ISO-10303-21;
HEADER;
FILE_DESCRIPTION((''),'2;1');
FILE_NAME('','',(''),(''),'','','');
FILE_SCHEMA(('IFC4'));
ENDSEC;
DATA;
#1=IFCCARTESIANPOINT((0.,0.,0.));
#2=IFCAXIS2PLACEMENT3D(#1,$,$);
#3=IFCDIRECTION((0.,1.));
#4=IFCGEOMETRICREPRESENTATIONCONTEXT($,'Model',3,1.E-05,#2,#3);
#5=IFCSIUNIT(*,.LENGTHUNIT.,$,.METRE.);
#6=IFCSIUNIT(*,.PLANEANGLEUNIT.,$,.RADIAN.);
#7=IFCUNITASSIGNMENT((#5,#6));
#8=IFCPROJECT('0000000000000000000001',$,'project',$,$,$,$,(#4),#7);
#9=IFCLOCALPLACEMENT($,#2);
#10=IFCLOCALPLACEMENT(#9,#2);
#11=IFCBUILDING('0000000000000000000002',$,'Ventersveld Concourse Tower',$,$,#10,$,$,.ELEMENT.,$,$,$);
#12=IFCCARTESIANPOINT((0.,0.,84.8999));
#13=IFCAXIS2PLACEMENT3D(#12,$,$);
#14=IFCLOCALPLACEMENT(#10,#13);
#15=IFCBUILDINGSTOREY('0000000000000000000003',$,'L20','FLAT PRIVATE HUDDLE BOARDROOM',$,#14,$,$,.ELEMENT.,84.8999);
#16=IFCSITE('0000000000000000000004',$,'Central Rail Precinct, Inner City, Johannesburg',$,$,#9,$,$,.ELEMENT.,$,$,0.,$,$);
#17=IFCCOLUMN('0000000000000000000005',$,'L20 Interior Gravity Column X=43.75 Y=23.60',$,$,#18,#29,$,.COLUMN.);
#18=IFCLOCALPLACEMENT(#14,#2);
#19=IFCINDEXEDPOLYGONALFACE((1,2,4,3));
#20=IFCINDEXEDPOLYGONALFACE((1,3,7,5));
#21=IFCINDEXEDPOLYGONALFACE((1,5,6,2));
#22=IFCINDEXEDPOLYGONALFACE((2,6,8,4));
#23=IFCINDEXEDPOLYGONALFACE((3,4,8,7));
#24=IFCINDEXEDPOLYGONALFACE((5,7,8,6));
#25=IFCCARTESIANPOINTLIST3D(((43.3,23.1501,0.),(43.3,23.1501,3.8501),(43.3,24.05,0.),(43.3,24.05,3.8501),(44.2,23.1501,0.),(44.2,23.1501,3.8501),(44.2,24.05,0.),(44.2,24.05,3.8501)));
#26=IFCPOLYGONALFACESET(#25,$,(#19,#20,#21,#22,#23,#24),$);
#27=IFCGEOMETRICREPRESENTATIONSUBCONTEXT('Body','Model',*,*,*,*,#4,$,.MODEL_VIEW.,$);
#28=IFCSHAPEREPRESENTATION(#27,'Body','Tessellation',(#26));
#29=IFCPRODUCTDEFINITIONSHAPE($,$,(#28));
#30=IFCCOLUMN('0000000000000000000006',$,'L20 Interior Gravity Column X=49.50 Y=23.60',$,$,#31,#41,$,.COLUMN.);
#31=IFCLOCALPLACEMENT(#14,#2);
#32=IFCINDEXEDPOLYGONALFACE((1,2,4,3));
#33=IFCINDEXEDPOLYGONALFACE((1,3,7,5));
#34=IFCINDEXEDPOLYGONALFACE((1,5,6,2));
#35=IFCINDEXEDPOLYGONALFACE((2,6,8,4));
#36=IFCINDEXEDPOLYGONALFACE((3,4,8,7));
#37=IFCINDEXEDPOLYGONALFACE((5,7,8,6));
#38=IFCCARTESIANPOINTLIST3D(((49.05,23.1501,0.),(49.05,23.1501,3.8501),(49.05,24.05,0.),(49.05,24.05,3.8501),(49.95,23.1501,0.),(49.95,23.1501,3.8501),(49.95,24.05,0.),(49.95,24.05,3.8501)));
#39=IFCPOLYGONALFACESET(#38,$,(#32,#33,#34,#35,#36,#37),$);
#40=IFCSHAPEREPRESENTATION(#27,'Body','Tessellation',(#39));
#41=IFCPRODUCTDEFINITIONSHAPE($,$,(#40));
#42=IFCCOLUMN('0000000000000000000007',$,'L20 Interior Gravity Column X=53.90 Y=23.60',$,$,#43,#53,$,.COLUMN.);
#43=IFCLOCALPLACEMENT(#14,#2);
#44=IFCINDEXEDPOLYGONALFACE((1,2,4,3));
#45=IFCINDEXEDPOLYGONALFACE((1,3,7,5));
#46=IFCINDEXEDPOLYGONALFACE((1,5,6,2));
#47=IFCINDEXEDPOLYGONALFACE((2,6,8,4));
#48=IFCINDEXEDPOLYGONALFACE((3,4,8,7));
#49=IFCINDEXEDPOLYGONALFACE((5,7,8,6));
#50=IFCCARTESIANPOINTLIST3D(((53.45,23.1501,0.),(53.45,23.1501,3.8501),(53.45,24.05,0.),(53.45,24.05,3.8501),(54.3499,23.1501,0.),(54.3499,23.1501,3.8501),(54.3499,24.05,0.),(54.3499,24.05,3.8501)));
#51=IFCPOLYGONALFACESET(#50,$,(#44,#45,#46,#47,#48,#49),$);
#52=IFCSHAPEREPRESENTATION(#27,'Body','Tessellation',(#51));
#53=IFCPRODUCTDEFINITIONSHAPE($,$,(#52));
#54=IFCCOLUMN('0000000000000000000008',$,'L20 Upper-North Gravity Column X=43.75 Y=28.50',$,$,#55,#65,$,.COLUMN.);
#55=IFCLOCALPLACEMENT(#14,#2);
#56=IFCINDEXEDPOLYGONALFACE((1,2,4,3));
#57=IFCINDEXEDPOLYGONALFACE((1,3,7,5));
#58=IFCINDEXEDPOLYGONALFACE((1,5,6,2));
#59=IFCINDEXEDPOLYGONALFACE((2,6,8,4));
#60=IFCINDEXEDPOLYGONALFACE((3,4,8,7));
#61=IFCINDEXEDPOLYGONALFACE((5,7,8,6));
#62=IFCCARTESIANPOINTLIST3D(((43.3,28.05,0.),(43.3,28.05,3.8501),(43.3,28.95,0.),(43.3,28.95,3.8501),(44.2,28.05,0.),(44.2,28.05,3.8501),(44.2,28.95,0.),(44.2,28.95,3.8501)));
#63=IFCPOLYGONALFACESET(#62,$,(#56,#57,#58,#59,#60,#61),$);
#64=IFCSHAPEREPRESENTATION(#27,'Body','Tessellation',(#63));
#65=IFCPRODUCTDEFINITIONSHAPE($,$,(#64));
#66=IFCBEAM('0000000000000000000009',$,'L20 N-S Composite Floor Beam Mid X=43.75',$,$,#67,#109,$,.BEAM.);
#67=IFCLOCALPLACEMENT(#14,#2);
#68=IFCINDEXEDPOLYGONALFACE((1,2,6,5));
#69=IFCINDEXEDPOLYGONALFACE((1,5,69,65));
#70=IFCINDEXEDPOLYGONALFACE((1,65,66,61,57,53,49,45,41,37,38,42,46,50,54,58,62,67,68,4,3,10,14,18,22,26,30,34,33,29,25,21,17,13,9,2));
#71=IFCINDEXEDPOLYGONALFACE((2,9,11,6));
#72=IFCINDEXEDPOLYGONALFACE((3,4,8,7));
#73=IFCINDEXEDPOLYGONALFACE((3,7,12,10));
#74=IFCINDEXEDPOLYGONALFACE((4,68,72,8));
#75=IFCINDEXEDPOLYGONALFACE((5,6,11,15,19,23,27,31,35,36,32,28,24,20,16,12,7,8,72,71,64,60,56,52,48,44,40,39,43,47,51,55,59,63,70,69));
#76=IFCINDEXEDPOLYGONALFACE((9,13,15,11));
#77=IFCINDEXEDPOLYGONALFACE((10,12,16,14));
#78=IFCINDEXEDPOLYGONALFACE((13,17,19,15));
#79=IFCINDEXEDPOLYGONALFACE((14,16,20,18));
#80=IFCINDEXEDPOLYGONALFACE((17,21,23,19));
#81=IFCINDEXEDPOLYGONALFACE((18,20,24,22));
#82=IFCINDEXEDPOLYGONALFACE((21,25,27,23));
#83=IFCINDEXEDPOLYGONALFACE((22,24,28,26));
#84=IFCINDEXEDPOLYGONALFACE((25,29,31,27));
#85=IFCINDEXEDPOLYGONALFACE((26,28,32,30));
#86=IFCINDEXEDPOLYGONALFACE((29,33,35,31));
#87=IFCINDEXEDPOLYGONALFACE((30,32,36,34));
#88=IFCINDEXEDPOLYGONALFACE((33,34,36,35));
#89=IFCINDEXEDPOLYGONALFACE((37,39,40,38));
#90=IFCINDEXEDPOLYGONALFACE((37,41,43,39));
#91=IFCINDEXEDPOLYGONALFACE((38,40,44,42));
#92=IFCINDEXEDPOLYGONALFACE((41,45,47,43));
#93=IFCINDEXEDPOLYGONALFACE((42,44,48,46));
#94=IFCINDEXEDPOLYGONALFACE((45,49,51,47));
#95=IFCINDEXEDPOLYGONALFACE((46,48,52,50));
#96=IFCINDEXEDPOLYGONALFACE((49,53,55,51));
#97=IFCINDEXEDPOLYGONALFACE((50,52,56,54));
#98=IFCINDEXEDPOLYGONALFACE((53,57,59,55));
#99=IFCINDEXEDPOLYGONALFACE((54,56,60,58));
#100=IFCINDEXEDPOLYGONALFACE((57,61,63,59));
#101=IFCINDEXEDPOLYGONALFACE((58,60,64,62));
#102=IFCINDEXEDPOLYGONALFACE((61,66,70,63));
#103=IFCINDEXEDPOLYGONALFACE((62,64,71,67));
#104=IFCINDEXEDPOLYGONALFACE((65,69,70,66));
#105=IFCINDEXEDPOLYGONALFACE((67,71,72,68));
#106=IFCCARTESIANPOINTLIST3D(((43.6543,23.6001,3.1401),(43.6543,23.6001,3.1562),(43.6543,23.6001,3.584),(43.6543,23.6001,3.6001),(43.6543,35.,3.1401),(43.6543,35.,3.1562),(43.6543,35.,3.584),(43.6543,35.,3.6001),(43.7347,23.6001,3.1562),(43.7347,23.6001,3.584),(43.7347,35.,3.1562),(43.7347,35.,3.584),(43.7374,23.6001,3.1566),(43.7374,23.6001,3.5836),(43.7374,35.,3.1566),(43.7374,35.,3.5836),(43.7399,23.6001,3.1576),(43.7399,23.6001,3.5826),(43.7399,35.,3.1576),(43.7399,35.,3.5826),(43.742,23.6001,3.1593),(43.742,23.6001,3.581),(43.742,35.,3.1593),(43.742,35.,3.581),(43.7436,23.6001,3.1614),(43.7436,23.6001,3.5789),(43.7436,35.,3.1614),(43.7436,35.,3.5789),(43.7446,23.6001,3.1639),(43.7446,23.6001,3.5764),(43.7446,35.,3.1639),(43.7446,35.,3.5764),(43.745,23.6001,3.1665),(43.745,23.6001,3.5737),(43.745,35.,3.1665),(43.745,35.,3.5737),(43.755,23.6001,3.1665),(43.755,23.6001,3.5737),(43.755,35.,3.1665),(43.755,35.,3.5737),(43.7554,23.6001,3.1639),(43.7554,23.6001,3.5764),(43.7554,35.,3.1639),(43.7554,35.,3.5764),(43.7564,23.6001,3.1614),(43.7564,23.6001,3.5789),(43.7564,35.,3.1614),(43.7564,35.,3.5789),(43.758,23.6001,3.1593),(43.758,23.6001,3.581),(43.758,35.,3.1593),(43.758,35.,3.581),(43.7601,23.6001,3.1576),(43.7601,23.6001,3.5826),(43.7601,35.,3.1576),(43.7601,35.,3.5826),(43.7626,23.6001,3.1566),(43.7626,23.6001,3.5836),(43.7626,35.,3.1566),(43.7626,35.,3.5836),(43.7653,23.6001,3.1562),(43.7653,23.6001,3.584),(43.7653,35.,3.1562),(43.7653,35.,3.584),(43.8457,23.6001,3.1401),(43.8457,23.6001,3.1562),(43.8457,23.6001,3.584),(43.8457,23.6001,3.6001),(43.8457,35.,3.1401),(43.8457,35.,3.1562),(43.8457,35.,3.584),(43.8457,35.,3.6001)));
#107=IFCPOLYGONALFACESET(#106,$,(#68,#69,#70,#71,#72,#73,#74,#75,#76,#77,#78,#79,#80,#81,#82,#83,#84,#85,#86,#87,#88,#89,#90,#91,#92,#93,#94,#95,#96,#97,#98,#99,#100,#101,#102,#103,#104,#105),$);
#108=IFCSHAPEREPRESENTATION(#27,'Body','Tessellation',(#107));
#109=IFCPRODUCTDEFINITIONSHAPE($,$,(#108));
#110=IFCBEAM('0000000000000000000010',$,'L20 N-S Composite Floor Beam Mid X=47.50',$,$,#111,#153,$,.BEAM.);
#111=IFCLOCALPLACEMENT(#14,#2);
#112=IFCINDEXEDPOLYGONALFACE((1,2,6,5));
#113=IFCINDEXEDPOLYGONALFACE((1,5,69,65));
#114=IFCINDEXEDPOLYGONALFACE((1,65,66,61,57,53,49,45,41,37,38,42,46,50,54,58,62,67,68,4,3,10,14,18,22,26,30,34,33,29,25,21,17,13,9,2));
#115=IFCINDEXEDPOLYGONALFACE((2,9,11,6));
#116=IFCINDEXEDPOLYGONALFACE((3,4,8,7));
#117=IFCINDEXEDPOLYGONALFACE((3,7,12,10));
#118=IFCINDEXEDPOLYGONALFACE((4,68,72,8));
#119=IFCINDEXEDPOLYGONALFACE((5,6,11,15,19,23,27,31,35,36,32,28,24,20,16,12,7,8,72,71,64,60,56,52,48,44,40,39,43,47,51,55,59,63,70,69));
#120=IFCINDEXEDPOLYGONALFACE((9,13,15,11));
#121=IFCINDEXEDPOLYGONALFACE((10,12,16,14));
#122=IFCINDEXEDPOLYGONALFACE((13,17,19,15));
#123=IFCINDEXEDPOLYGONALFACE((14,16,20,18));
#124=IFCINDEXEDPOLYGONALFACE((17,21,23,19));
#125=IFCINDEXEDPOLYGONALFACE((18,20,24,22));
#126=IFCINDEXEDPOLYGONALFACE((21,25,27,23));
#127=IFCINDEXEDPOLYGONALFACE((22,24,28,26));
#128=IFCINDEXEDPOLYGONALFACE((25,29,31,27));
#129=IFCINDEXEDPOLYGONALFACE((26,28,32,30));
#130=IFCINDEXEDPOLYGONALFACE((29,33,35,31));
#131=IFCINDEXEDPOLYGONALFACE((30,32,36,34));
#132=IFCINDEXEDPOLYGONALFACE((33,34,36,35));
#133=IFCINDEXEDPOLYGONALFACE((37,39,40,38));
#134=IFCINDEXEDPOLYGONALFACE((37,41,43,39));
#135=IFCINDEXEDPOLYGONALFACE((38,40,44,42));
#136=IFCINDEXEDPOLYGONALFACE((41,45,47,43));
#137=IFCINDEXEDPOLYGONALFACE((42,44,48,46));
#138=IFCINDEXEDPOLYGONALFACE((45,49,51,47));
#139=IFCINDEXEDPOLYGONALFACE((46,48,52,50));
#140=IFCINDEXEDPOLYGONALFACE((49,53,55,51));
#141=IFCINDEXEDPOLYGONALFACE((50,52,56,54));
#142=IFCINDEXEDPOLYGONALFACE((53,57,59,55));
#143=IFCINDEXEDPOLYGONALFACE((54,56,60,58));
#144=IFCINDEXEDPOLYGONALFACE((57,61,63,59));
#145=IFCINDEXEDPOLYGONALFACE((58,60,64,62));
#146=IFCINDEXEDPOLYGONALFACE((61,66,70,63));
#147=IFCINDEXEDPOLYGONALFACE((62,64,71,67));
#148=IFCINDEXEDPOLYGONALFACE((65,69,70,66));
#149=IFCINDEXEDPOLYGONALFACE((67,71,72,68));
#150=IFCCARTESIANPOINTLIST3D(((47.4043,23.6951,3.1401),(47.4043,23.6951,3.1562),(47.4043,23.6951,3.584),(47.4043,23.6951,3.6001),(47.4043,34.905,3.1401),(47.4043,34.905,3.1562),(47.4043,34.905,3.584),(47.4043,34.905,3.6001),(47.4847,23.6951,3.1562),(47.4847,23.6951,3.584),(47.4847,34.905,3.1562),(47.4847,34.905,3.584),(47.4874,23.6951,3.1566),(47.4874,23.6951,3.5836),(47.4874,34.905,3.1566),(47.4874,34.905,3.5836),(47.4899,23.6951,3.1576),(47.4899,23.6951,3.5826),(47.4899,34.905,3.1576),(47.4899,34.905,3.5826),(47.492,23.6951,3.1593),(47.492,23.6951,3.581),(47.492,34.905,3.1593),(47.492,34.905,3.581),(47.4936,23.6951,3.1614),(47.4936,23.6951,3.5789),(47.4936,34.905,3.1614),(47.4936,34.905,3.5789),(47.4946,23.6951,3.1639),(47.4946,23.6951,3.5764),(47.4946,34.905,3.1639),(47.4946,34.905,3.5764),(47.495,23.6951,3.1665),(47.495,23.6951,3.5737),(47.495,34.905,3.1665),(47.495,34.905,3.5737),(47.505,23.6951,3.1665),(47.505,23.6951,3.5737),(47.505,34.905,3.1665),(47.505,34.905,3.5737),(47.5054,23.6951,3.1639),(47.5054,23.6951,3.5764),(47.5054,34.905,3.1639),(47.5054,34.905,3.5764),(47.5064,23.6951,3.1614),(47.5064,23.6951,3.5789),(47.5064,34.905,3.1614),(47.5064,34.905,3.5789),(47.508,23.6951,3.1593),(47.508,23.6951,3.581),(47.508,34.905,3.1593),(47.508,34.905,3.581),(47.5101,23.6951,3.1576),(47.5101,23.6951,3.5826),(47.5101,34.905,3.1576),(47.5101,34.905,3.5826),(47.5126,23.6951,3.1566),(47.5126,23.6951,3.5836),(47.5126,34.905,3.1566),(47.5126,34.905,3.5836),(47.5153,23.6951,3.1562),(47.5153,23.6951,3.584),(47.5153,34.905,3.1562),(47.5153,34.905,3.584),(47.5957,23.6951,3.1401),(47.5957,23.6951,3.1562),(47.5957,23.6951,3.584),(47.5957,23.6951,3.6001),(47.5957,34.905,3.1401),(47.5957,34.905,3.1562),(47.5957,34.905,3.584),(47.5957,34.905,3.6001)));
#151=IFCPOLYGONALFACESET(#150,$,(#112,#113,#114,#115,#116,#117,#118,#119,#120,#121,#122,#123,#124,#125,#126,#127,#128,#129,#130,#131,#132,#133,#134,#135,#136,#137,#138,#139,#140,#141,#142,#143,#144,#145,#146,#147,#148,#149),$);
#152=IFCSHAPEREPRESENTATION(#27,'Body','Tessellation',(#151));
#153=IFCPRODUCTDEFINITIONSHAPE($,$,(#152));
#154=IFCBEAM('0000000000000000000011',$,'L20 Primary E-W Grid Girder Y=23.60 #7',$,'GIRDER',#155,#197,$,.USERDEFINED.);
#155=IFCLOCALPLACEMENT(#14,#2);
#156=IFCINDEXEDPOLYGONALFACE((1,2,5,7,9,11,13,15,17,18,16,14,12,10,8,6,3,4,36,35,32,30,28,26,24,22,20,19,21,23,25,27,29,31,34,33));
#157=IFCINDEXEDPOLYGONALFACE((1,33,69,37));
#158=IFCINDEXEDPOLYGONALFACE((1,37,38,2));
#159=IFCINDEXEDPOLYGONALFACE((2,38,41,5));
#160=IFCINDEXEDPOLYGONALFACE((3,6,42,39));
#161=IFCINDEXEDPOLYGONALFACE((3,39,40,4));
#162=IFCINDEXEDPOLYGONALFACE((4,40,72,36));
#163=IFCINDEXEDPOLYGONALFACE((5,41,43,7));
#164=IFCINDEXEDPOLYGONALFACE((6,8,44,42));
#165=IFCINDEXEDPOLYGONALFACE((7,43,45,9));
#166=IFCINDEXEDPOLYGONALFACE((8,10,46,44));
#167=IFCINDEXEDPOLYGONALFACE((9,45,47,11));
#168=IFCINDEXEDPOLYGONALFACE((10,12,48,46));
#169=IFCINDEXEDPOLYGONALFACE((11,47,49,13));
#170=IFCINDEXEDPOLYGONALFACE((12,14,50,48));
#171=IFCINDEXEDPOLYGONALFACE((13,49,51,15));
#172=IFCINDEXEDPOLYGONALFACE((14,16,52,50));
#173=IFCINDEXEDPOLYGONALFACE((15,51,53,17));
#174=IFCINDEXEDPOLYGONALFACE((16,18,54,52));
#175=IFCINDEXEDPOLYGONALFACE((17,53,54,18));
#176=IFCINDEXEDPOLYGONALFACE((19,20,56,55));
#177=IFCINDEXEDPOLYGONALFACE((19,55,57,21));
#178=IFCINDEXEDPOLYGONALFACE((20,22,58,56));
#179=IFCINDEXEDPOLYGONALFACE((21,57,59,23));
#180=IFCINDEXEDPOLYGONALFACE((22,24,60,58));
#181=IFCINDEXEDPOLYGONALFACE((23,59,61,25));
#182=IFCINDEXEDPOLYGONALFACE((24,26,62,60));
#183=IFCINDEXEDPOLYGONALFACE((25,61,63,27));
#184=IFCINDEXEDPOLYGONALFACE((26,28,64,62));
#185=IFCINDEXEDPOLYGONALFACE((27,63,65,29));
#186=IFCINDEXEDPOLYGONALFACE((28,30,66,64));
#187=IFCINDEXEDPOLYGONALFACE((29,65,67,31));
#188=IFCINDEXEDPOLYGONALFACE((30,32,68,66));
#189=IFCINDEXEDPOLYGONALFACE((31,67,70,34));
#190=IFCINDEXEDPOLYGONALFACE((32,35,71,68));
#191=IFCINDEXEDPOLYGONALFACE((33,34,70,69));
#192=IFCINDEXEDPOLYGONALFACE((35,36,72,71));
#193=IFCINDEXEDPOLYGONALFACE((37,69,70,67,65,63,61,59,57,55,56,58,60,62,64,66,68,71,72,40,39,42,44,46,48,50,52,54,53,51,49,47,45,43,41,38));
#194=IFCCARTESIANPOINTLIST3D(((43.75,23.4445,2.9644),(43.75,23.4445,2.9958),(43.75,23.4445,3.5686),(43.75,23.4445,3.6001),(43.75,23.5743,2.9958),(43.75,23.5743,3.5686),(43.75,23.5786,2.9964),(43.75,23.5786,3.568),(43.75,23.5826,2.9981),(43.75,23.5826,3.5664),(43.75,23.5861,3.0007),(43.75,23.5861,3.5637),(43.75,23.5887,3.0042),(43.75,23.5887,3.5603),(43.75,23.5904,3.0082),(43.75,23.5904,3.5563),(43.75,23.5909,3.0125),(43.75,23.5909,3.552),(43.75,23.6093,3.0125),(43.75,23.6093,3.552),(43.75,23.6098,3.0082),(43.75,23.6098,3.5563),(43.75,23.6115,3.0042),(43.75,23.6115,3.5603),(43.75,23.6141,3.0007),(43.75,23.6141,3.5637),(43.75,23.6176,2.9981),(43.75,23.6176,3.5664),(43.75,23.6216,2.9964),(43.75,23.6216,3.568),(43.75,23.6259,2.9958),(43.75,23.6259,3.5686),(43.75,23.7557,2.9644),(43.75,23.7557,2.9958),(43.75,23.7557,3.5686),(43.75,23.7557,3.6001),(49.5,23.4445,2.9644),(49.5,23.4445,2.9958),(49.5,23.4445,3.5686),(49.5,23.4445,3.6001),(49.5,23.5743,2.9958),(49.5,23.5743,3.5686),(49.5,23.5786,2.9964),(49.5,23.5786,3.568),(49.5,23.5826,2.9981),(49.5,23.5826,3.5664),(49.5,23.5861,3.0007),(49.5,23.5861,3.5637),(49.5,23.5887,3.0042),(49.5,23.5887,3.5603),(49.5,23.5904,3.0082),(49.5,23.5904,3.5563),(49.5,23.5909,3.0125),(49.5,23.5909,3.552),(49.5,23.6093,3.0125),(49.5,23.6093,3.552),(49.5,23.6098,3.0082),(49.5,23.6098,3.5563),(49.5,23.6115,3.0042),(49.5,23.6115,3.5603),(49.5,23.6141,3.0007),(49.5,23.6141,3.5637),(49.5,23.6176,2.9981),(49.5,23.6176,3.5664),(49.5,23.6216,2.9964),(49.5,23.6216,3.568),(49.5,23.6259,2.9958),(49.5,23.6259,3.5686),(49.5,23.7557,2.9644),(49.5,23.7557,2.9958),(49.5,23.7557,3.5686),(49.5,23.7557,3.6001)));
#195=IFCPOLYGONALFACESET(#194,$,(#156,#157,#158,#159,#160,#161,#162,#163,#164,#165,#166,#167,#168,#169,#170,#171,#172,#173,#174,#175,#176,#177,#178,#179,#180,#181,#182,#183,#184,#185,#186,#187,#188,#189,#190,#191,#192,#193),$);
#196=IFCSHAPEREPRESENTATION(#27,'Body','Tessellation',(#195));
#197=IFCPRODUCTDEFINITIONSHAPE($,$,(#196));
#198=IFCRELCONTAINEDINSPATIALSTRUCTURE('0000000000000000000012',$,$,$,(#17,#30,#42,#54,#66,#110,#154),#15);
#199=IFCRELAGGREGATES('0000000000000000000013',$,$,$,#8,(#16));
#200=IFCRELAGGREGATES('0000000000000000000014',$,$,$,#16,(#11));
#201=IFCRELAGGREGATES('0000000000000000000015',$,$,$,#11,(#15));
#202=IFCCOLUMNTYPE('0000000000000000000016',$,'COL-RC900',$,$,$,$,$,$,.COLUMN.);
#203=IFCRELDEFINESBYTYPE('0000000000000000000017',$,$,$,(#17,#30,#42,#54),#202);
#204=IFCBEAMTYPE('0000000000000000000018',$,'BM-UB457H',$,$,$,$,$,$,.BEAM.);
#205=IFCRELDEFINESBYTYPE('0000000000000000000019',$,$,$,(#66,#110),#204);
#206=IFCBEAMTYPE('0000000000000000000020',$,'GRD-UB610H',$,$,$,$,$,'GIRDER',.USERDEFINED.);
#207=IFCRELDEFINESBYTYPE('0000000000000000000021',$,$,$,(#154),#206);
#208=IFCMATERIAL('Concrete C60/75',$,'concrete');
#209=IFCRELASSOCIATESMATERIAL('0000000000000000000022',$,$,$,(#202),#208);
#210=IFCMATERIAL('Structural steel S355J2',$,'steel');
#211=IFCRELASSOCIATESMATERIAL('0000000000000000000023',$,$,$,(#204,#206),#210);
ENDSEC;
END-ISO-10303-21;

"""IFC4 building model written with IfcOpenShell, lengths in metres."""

from ifc_helpers import new_model, si_unit, direction, frame, origin, origin_2d, place, context, subcontext, project, spatial, rectangle, i_section, extrude, material, material_profile, profile_set, type_object, element, save


model = new_model("IFC4")

# Units and contexts
model_context = context("Model", 3, precision=1e-05, world=origin(), true_north=direction((0.0, 1.0)))
body_context = subcontext(model_context, "Body", "Model", "MODEL_VIEW")
ifc_project = project(units=[si_unit("LENGTHUNIT", "METRE"), si_unit("PLANEANGLEUNIT", "RADIAN")], contexts=[model_context])

# Site, building, storey
site_placement = place(None, origin())
site = spatial("IfcSite", under=ifc_project, at=site_placement, Name="Central Rail Precinct, Inner City, Johannesburg", CompositionType="ELEMENT", RefElevation=0.0)
building_placement = place(site_placement, origin())
building = spatial("IfcBuilding", under=site, at=building_placement, Name="Ventersveld Concourse Tower", CompositionType="ELEMENT")
storey_placement = place(building_placement, frame((0.0, 0.0, 84.8999)))
storey = spatial("IfcBuildingStorey", under=building, at=storey_placement, Name="L20", Description="FLAT PRIVATE HUDDLE BOARDROOM", CompositionType="ELEMENT", Elevation=84.8999)

# Columns
ifc_material_1 = material(Name="Concrete C60/75", Category="concrete")
ifc_material_profile_1 = material_profile(ifc_material_1, rectangle(XDim=0.8999, YDim=0.8999, at=origin_2d()), Name="RC 900x900")
ifc_profile_set_1 = profile_set([ifc_material_profile_1], Name="Concrete C60/75")
column_type = type_object("IfcColumnType", Name="COL-RC900", PredefinedType="COLUMN", material=ifc_profile_set_1)
for number, where, z_axis, x_axis, name in (
    (1, (43.75, 23.6001, 0.0), (0.0, 0.0, 1.0), (1.0, 0.0, 0.0), "L20 Interior Gravity Column X=43.75 Y=23.60"),
    (2, (49.5, 23.6001, 0.0), (0.0, 0.0, 1.0), (1.0, 0.0, 0.0), "L20 Interior Gravity Column X=49.50 Y=23.60"),
    (3, (53.8999, 23.6001, 0.0), (0.0, 0.0, 1.0), (1.0, 0.0, 0.0), "L20 Interior Gravity Column X=53.90 Y=23.60"),
    (4, (43.75, 28.5, 0.0), (0.0, 0.0, 1.0), (1.0, 0.0, 0.0), "L20 Upper-North Gravity Column X=43.75 Y=28.50"),
):
    element("IfcColumn", number, at=place(storey_placement, frame(where, z_axis=z_axis, x_axis=x_axis)), inside=storey, type_object=column_type, Name=name, PredefinedType="COLUMN", context=body_context, shape_type="SweptSolid", body=[
        extrude(rectangle(XDim=0.8999, YDim=0.8999, at=origin_2d()), origin(), (0.0, 0.0, 1.0), 3.8501),
    ])

# Beams
ifc_material_2 = material(Name="Structural steel S355J2", Category="steel")
ifc_material_profile_2 = material_profile(ifc_material_2, i_section(OverallWidth=0.1914, OverallDepth=0.46, WebThickness=0.01, FlangeThickness=0.0161, FilletRadius=0.0103, at=origin_2d()), Name="UB 457x191x82")
ifc_profile_set_2 = profile_set([ifc_material_profile_2], Name="Structural steel S355J2")
beam_type_1 = type_object("IfcBeamType", Name="BM-UB457H", PredefinedType="BEAM", material=ifc_profile_set_2)
beam_1_placement = place(storey_placement, frame((43.75, 23.6001, 3.3701), z_axis=(0.0, 1.0, 0.0), x_axis=(-1.0, 0.0, 0.0)))
element("IfcBeam", 5, at=beam_1_placement, inside=storey, type_object=beam_type_1, Name="L20 N-S Composite Floor Beam Mid X=43.75", PredefinedType="BEAM", context=body_context, shape_type="SweptSolid", body=[
    extrude(i_section(OverallWidth=0.1914, OverallDepth=0.46, WebThickness=0.01, FlangeThickness=0.0161, FilletRadius=0.0103, at=origin_2d()), origin(), (0.0, 0.0, 1.0), 11.3999),
])
beam_2_placement = place(storey_placement, frame((47.5, 23.6951, 3.3701), z_axis=(0.0, 1.0, 0.0), x_axis=(-1.0, 0.0, 0.0)))
element("IfcBeam", 6, at=beam_2_placement, inside=storey, type_object=beam_type_1, Name="L20 N-S Composite Floor Beam Mid X=47.50", PredefinedType="BEAM", context=body_context, shape_type="SweptSolid", body=[
    extrude(i_section(OverallWidth=0.1914, OverallDepth=0.46, WebThickness=0.01, FlangeThickness=0.0161, FilletRadius=0.0103, at=origin_2d()), origin(), (0.0, 0.0, 1.0), 11.21),
])
ifc_material_profile_3 = material_profile(ifc_material_2, i_section(OverallWidth=0.3113, OverallDepth=0.6357, WebThickness=0.0183, FlangeThickness=0.0315, FilletRadius=0.0166, at=origin_2d()), Name="UB 610x305x238")
ifc_profile_set_3 = profile_set([ifc_material_profile_3], Name="Structural steel S355J2")
beam_type_2 = type_object("IfcBeamType", Name="GRD-UB610H", ElementType="GIRDER", PredefinedType="USERDEFINED", material=ifc_profile_set_3)
beam_3_placement = place(storey_placement, frame((43.75, 23.6001, 3.2822), z_axis=(1.0, 0.0, 0.0), x_axis=(0.0, 1.0, 0.0)))
element("IfcBeam", 7, at=beam_3_placement, inside=storey, type_object=beam_type_2, Name="L20 Primary E-W Grid Girder Y=23.60 #7", ObjectType="GIRDER", PredefinedType="USERDEFINED", context=body_context, shape_type="SweptSolid", body=[
    extrude(i_section(OverallWidth=0.3113, OverallDepth=0.6357, WebThickness=0.0183, FlangeThickness=0.0315, FilletRadius=0.0166, at=origin_2d()), origin(), (0.0, 0.0, 1.0), 5.75),
])

save(model, "model.ifc")
